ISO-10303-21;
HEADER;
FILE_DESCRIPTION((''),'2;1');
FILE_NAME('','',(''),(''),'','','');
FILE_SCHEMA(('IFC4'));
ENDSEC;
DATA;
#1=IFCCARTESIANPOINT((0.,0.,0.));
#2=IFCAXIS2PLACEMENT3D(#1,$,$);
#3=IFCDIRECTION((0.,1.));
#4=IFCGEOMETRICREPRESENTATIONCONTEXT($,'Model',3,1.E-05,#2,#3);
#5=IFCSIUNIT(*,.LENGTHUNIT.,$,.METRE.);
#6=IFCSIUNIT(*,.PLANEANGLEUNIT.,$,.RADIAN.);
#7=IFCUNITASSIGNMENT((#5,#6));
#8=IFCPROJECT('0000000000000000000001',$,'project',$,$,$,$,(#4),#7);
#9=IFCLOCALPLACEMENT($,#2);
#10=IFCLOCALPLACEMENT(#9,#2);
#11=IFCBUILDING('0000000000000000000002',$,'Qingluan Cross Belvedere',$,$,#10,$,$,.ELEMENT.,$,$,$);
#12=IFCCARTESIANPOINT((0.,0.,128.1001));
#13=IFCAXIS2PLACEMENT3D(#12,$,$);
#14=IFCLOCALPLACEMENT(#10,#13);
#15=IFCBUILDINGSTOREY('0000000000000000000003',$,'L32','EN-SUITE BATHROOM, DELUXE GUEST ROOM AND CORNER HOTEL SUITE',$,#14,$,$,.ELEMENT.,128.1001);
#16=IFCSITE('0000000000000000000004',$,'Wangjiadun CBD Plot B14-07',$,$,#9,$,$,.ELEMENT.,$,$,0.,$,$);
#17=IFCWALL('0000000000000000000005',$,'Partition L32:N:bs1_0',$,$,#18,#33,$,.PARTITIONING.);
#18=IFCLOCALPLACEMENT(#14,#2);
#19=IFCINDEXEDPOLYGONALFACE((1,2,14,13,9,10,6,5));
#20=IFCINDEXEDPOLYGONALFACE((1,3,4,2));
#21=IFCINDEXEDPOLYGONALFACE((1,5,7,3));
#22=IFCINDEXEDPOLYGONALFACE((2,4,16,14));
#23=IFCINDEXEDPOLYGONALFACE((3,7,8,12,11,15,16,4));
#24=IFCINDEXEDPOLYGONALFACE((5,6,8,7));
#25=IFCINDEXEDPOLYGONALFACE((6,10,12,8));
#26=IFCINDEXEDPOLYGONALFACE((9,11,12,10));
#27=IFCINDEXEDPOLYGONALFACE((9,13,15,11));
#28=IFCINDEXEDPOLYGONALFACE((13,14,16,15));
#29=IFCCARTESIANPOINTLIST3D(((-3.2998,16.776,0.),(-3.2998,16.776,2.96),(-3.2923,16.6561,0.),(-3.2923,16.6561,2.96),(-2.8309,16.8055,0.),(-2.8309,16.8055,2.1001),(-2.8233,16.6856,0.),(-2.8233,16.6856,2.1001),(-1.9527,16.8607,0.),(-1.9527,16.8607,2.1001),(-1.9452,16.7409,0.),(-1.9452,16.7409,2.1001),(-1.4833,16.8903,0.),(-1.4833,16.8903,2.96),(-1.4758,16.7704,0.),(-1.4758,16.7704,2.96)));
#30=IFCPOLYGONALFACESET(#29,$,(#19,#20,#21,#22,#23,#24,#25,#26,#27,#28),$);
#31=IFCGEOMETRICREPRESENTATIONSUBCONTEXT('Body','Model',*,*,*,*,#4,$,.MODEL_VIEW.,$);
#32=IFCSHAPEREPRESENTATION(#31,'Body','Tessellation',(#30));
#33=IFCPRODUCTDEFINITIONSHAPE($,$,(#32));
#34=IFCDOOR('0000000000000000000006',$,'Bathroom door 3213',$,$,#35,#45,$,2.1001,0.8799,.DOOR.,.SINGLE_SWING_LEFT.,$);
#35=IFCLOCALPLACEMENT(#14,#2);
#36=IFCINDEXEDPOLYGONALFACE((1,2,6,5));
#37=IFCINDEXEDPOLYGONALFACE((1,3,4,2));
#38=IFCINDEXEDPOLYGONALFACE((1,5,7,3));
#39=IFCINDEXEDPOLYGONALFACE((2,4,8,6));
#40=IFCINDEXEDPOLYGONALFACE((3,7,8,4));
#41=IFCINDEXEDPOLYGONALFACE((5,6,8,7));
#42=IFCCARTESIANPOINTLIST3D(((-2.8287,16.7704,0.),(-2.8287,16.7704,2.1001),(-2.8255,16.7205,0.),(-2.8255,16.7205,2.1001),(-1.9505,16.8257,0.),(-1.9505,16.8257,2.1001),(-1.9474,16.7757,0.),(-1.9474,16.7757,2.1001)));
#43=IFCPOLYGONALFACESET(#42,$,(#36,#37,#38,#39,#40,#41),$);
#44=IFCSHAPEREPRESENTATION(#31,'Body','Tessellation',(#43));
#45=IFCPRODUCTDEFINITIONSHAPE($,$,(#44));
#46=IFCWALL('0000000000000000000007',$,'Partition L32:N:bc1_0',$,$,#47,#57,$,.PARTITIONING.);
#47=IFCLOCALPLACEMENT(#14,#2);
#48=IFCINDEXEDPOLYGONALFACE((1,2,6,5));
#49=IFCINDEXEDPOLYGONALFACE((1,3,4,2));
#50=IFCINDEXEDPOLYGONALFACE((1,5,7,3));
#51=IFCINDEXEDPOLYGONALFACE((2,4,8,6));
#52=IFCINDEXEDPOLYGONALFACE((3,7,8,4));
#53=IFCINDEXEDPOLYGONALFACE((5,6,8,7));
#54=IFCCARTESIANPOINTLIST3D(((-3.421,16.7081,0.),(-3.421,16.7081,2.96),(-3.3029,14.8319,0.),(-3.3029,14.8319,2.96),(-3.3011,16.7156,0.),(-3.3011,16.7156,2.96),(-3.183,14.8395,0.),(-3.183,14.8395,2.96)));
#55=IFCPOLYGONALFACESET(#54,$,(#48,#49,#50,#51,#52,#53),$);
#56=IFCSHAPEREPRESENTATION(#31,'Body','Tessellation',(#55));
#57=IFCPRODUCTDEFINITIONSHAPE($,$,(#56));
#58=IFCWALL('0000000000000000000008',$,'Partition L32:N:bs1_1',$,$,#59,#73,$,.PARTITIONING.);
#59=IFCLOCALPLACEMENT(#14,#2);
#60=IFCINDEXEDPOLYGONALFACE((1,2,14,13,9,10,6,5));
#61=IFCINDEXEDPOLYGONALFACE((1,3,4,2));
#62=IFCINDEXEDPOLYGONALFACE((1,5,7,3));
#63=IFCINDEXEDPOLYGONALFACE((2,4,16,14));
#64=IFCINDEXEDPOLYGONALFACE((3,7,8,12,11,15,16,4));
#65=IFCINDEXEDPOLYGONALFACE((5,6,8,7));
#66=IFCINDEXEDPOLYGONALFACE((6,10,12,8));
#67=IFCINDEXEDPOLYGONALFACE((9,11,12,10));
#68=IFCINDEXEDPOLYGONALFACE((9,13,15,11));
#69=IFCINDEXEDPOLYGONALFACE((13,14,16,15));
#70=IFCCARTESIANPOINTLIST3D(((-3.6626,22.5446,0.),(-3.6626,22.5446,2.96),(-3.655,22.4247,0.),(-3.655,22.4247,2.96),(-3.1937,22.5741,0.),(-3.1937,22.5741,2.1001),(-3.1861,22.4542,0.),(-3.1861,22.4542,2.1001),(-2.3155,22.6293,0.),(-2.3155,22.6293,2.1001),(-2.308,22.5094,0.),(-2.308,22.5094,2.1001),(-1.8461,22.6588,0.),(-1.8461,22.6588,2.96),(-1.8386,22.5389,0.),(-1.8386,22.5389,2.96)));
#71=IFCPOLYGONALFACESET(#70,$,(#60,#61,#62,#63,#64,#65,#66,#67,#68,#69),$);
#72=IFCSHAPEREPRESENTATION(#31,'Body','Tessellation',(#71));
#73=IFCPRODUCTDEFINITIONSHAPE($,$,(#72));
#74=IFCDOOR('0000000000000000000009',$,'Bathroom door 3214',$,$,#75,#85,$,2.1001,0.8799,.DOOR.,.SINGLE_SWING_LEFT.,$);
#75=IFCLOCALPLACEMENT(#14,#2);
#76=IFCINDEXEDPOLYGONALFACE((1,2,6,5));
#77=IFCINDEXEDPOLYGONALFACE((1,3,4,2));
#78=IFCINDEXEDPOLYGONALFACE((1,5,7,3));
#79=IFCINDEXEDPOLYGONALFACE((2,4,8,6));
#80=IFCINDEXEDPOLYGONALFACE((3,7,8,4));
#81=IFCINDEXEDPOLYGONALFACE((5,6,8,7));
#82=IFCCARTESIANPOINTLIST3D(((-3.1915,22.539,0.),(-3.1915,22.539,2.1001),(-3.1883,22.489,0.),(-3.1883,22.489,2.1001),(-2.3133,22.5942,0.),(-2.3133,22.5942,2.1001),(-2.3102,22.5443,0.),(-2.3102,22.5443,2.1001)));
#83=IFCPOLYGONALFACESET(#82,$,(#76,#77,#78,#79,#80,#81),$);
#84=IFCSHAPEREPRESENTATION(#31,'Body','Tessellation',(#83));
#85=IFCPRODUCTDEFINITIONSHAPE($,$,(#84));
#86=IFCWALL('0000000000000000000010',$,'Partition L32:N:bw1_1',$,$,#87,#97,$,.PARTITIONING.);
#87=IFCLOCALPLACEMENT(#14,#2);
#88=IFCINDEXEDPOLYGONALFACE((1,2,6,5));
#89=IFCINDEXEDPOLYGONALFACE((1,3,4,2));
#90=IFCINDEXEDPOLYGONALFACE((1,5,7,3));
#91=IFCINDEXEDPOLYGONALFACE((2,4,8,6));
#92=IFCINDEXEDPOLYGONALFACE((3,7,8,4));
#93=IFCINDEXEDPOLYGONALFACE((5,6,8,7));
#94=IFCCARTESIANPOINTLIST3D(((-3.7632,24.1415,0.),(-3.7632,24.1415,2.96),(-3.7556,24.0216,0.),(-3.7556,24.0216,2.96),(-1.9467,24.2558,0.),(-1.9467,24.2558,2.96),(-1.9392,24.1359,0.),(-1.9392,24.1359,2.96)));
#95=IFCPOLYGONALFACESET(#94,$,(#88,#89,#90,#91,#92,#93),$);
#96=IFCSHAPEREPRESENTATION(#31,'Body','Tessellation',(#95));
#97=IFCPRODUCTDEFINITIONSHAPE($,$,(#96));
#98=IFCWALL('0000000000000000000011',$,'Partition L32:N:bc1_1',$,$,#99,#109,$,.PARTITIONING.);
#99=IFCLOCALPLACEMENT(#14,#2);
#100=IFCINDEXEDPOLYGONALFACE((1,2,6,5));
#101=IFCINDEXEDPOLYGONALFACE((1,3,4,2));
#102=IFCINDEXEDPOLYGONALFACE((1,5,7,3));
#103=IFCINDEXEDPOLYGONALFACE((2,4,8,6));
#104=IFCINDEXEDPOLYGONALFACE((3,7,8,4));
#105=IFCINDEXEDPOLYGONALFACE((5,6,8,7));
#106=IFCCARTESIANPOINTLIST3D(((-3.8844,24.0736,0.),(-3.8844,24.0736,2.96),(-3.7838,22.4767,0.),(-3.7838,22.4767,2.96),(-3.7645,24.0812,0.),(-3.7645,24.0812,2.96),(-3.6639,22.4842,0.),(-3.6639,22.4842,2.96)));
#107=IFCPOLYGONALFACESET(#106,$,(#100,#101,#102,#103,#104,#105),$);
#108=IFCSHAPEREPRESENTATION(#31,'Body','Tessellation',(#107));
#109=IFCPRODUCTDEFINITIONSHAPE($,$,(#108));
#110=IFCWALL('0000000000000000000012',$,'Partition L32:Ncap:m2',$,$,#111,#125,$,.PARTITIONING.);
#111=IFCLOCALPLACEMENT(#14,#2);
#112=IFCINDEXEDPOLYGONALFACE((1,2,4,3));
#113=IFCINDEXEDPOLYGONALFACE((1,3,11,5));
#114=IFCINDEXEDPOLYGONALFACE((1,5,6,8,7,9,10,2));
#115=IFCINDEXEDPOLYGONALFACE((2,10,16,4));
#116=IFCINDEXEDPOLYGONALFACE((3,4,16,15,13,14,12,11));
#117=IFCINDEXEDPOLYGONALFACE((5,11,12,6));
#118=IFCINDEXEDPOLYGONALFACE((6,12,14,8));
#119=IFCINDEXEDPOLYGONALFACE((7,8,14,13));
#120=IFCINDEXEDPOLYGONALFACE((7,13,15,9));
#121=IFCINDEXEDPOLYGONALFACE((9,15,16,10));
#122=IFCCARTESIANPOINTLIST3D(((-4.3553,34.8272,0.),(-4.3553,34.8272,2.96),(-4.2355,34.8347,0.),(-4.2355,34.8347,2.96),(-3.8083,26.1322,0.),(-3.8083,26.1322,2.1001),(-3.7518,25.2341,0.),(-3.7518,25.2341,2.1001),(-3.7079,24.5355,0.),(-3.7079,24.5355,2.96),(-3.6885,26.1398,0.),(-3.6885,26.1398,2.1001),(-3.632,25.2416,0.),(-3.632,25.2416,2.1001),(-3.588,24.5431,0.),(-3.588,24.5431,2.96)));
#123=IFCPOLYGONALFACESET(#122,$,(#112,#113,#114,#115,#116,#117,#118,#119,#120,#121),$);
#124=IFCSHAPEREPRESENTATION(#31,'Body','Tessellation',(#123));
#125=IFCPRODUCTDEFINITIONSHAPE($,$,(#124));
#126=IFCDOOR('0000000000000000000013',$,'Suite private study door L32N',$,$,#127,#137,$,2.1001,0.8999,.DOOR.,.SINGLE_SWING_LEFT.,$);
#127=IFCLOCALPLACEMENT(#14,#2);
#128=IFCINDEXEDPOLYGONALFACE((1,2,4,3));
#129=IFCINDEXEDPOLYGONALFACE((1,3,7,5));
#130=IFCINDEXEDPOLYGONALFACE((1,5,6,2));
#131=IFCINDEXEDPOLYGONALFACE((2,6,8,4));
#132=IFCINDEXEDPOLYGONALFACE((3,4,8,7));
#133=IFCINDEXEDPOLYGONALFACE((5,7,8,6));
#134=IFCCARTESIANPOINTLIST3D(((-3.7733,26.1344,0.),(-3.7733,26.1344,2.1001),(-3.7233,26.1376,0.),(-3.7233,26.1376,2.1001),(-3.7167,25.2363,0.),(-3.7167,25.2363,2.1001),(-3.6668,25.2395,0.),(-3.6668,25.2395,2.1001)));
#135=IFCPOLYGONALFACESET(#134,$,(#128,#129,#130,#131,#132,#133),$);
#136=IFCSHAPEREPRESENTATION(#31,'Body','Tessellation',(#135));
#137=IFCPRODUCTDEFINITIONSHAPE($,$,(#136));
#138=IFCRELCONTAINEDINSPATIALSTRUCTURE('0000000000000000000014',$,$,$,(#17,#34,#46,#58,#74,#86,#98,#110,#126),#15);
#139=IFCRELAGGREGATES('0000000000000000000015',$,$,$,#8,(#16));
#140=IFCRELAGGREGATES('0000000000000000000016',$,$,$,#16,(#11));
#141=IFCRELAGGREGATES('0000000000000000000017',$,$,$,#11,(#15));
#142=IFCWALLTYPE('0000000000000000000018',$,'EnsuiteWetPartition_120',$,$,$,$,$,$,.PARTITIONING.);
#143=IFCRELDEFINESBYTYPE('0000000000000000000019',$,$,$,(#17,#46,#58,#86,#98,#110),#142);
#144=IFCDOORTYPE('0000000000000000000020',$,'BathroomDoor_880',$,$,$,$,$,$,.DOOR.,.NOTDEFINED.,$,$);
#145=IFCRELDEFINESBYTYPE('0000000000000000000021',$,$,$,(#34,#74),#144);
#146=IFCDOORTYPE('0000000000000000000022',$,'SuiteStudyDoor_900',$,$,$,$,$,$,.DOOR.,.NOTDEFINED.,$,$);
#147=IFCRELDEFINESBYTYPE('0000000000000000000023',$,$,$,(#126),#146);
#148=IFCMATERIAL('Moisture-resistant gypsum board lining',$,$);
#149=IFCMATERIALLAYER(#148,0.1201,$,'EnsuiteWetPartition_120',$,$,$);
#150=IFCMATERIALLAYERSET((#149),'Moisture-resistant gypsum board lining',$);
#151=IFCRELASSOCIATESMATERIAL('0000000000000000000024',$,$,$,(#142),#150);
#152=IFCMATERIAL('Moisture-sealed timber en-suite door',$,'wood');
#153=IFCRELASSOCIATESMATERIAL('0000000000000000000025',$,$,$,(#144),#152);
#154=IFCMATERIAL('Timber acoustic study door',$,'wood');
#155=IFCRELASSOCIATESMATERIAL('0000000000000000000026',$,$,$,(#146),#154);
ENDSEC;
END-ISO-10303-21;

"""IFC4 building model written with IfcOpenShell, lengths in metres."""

from ifc_helpers import new_model, si_unit, direction, frame, frame_2d, origin, place, context, subcontext, project, spatial, rectangle, extrude, material, layer, layer_set, type_object, element, fill, save


model = new_model("IFC4")

# Units and contexts
model_context = context("Model", 3, precision=1e-05, world=origin(), true_north=direction((0.0, 1.0)))
body_context = subcontext(model_context, "Body", "Model", "MODEL_VIEW")
ifc_project = project(units=[si_unit("LENGTHUNIT", "METRE"), si_unit("PLANEANGLEUNIT", "RADIAN")], contexts=[model_context])

# Site, building, storey
site_placement = place(None, origin())
site = spatial("IfcSite", under=ifc_project, at=site_placement, Name="Wangjiadun CBD Plot B14-07", CompositionType="ELEMENT", RefElevation=0.0)
building_placement = place(site_placement, origin())
building = spatial("IfcBuilding", under=site, at=building_placement, Name="Qingluan Cross Belvedere", CompositionType="ELEMENT")
storey_placement = place(building_placement, frame((0.0, 0.0, 128.1001)))
storey = spatial("IfcBuildingStorey", under=building, at=storey_placement, Name="L32", Description="EN-SUITE BATHROOM, DELUXE GUEST ROOM AND CORNER HOTEL SUITE", CompositionType="ELEMENT", Elevation=128.1001)

# Wall, opening, door
ifc_material_1 = material(Name="Moisture-resistant gypsum board lining")
ifc_layer_1 = layer(ifc_material_1, 0.1201, Name="EnsuiteWetPartition_120")
ifc_layer_set_1 = layer_set([ifc_layer_1], Name="Moisture-resistant gypsum board lining")
wall_type_1 = type_object("IfcWallType", Name="EnsuiteWetPartition_120", PredefinedType="PARTITIONING", material=ifc_layer_set_1)
wall_1_placement = place(storey_placement, frame((-3.2961, 16.7161, 0.0), z_axis=(0.0, 0.0, 1.0), x_axis=(0.998027, 0.062779, 0.0)))
wall_1 = element("IfcWall", 1, at=wall_1_placement, inside=storey, type_object=wall_type_1, Name="Partition L32:N:bs1_0", PredefinedType="PARTITIONING", context=body_context, shape_type="SweptSolid", body=[
    extrude(rectangle(XDim=1.8201, YDim=0.1201, at=frame_2d((0.9102, 0.0))), origin(), (0.0, 0.0, 1.0), 2.96),
])
opening_1_placement = place(wall_1_placement, frame((0.47, 0.0, 0.0)))
opening_1 = element("IfcOpeningElement", 2, at=opening_1_placement, cuts=wall_1, PredefinedType="OPENING", context=body_context, shape_type="SweptSolid", body=[
    extrude(rectangle(XDim=0.8799, YDim=2.1001, at=frame_2d((0.4399, 1.05))), frame((0.0, 0.0701, 0.0), z_axis=(0.0, -1.0, 0.0), x_axis=(1.0, 0.0, 0.0)), (0.0, 0.0, 1.0), 0.1401),
])
ifc_material_2 = material(Name="Moisture-sealed timber en-suite door", Category="wood")
door_type_1 = type_object("IfcDoorType", Name="BathroomDoor_880", OperationType="NOTDEFINED", PredefinedType="DOOR", material=ifc_material_2)
door_1_placement = place(opening_1_placement, origin())
door_1 = element("IfcDoor", 3, at=door_1_placement, inside=storey, type_object=door_type_1, Name="Bathroom door 3213", OperationType="SINGLE_SWING_LEFT", OverallHeight=2.1001, OverallWidth=0.8799, PredefinedType="DOOR", context=body_context, shape_type="SweptSolid", body=[
    extrude(rectangle(XDim=0.8799, YDim=2.1001, at=frame_2d((0.4399, 1.05))), frame((0.0, 0.0249, 0.0), z_axis=(0.0, -1.0, 0.0), x_axis=(1.0, 0.0, 0.0)), (0.0, 0.0, 1.0), 0.05),
])
fill(opening_1, door_1)

# Wall
wall_2_placement = place(storey_placement, frame((-3.2429, 14.8357, 0.0), z_axis=(0.0, 0.0, 1.0), x_axis=(-0.062855, 0.998023, 0.0)))
element("IfcWall", 4, at=wall_2_placement, inside=storey, type_object=wall_type_1, Name="Partition L32:N:bc1_0", PredefinedType="PARTITIONING", context=body_context, shape_type="SweptSolid", body=[
    extrude(rectangle(XDim=1.8799, YDim=0.1201, at=frame_2d((0.9399, 0.0))), origin(), (0.0, 0.0, 1.0), 2.96),
])

# Wall, opening, door
wall_3_placement = place(storey_placement, frame((-3.6589, 22.4846, 0.0), z_axis=(0.0, 0.0, 1.0), x_axis=(0.998027, 0.062779, 0.0)))
wall_3 = element("IfcWall", 5, at=wall_3_placement, inside=storey, type_object=wall_type_1, Name="Partition L32:N:bs1_1", PredefinedType="PARTITIONING", context=body_context, shape_type="SweptSolid", body=[
    extrude(rectangle(XDim=1.8201, YDim=0.1201, at=frame_2d((0.9102, 0.0))), origin(), (0.0, 0.0, 1.0), 2.96),
])
opening_2_placement = place(wall_3_placement, frame((0.47, 0.0, 0.0)))
opening_2 = element("IfcOpeningElement", 6, at=opening_2_placement, cuts=wall_3, PredefinedType="OPENING", context=body_context, shape_type="SweptSolid", body=[
    extrude(rectangle(XDim=0.8799, YDim=2.1001, at=frame_2d((0.4399, 1.05))), frame((0.0, 0.0701, 0.0), z_axis=(0.0, -1.0, 0.0), x_axis=(1.0, 0.0, 0.0)), (0.0, 0.0, 1.0), 0.1401),
])
door_2_placement = place(opening_2_placement, origin())
door_2 = element("IfcDoor", 7, at=door_2_placement, inside=storey, type_object=door_type_1, Name="Bathroom door 3214", OperationType="SINGLE_SWING_LEFT", OverallHeight=2.1001, OverallWidth=0.8799, PredefinedType="DOOR", context=body_context, shape_type="SweptSolid", body=[
    extrude(rectangle(XDim=0.8799, YDim=2.1001, at=frame_2d((0.4399, 1.05))), frame((0.0, 0.0249, 0.0), z_axis=(0.0, -1.0, 0.0), x_axis=(1.0, 0.0, 0.0)), (0.0, 0.0, 1.0), 0.05),
])
fill(opening_2, door_2)

# Walls
wall_4_placement = place(storey_placement, frame((-3.7595, 24.0815, 0.0), z_axis=(0.0, 0.0, 1.0), x_axis=(0.998027, 0.062779, 0.0)))
element("IfcWall", 8, at=wall_4_placement, inside=storey, type_object=wall_type_1, Name="Partition L32:N:bw1_1", PredefinedType="PARTITIONING", context=body_context, shape_type="SweptSolid", body=[
    extrude(rectangle(XDim=1.8201, YDim=0.1201, at=frame_2d((0.9102, 0.0))), origin(), (0.0, 0.0, 1.0), 2.96),
])
wall_5_placement = place(storey_placement, frame((-3.7239, 22.4805, 0.0), z_axis=(0.0, 0.0, 1.0), x_axis=(-0.062863, 0.998022, 0.0)))
element("IfcWall", 9, at=wall_5_placement, inside=storey, type_object=wall_type_1, Name="Partition L32:N:bc1_1", PredefinedType="PARTITIONING", context=body_context, shape_type="SweptSolid", body=[
    extrude(rectangle(XDim=1.6001, YDim=0.1201, at=frame_2d((0.8, 0.0))), origin(), (0.0, 0.0, 1.0), 2.96),
])

# Wall, opening, door
wall_6_placement = place(storey_placement, frame((-3.6479, 24.5393, 0.0), z_axis=(0.0, 0.0, 1.0), x_axis=(-0.062787, 0.998027, 0.0)))
wall_6 = element("IfcWall", 10, at=wall_6_placement, inside=storey, type_object=wall_type_1, Name="Partition L32:Ncap:m2", PredefinedType="PARTITIONING", context=body_context, shape_type="SweptSolid", body=[
    extrude(rectangle(XDim=10.312, YDim=0.1201, at=frame_2d((5.156, 0.0))), origin(), (0.0, 0.0, 1.0), 2.96),
])
opening_3_placement = place(wall_6_placement, frame((0.7, 0.0, 0.0)))
opening_3 = element("IfcOpeningElement", 11, at=opening_3_placement, cuts=wall_6, PredefinedType="OPENING", context=body_context, shape_type="SweptSolid", body=[
    extrude(rectangle(XDim=0.8999, YDim=2.1001, at=frame_2d((0.45, 1.05))), frame((0.0, 0.0701, 0.0), z_axis=(0.0, -1.0, 0.0), x_axis=(1.0, 0.0, 0.0)), (0.0, 0.0, 1.0), 0.1401),
])
ifc_material_3 = material(Name="Timber acoustic study door", Category="wood")
door_type_2 = type_object("IfcDoorType", Name="SuiteStudyDoor_900", OperationType="NOTDEFINED", PredefinedType="DOOR", material=ifc_material_3)
door_3_placement = place(opening_3_placement, origin())
door_3 = element("IfcDoor", 12, at=door_3_placement, inside=storey, type_object=door_type_2, Name="Suite private study door L32N", OperationType="SINGLE_SWING_LEFT", OverallHeight=2.1001, OverallWidth=0.8999, PredefinedType="DOOR", context=body_context, shape_type="SweptSolid", body=[
    extrude(rectangle(XDim=0.8999, YDim=2.1001, at=frame_2d((0.45, 1.05))), frame((0.0, 0.0249, 0.0), z_axis=(0.0, -1.0, 0.0), x_axis=(1.0, 0.0, 0.0)), (0.0, 0.0, 1.0), 0.05),
])
fill(opening_3, door_3)

save(model, "model.ifc")
